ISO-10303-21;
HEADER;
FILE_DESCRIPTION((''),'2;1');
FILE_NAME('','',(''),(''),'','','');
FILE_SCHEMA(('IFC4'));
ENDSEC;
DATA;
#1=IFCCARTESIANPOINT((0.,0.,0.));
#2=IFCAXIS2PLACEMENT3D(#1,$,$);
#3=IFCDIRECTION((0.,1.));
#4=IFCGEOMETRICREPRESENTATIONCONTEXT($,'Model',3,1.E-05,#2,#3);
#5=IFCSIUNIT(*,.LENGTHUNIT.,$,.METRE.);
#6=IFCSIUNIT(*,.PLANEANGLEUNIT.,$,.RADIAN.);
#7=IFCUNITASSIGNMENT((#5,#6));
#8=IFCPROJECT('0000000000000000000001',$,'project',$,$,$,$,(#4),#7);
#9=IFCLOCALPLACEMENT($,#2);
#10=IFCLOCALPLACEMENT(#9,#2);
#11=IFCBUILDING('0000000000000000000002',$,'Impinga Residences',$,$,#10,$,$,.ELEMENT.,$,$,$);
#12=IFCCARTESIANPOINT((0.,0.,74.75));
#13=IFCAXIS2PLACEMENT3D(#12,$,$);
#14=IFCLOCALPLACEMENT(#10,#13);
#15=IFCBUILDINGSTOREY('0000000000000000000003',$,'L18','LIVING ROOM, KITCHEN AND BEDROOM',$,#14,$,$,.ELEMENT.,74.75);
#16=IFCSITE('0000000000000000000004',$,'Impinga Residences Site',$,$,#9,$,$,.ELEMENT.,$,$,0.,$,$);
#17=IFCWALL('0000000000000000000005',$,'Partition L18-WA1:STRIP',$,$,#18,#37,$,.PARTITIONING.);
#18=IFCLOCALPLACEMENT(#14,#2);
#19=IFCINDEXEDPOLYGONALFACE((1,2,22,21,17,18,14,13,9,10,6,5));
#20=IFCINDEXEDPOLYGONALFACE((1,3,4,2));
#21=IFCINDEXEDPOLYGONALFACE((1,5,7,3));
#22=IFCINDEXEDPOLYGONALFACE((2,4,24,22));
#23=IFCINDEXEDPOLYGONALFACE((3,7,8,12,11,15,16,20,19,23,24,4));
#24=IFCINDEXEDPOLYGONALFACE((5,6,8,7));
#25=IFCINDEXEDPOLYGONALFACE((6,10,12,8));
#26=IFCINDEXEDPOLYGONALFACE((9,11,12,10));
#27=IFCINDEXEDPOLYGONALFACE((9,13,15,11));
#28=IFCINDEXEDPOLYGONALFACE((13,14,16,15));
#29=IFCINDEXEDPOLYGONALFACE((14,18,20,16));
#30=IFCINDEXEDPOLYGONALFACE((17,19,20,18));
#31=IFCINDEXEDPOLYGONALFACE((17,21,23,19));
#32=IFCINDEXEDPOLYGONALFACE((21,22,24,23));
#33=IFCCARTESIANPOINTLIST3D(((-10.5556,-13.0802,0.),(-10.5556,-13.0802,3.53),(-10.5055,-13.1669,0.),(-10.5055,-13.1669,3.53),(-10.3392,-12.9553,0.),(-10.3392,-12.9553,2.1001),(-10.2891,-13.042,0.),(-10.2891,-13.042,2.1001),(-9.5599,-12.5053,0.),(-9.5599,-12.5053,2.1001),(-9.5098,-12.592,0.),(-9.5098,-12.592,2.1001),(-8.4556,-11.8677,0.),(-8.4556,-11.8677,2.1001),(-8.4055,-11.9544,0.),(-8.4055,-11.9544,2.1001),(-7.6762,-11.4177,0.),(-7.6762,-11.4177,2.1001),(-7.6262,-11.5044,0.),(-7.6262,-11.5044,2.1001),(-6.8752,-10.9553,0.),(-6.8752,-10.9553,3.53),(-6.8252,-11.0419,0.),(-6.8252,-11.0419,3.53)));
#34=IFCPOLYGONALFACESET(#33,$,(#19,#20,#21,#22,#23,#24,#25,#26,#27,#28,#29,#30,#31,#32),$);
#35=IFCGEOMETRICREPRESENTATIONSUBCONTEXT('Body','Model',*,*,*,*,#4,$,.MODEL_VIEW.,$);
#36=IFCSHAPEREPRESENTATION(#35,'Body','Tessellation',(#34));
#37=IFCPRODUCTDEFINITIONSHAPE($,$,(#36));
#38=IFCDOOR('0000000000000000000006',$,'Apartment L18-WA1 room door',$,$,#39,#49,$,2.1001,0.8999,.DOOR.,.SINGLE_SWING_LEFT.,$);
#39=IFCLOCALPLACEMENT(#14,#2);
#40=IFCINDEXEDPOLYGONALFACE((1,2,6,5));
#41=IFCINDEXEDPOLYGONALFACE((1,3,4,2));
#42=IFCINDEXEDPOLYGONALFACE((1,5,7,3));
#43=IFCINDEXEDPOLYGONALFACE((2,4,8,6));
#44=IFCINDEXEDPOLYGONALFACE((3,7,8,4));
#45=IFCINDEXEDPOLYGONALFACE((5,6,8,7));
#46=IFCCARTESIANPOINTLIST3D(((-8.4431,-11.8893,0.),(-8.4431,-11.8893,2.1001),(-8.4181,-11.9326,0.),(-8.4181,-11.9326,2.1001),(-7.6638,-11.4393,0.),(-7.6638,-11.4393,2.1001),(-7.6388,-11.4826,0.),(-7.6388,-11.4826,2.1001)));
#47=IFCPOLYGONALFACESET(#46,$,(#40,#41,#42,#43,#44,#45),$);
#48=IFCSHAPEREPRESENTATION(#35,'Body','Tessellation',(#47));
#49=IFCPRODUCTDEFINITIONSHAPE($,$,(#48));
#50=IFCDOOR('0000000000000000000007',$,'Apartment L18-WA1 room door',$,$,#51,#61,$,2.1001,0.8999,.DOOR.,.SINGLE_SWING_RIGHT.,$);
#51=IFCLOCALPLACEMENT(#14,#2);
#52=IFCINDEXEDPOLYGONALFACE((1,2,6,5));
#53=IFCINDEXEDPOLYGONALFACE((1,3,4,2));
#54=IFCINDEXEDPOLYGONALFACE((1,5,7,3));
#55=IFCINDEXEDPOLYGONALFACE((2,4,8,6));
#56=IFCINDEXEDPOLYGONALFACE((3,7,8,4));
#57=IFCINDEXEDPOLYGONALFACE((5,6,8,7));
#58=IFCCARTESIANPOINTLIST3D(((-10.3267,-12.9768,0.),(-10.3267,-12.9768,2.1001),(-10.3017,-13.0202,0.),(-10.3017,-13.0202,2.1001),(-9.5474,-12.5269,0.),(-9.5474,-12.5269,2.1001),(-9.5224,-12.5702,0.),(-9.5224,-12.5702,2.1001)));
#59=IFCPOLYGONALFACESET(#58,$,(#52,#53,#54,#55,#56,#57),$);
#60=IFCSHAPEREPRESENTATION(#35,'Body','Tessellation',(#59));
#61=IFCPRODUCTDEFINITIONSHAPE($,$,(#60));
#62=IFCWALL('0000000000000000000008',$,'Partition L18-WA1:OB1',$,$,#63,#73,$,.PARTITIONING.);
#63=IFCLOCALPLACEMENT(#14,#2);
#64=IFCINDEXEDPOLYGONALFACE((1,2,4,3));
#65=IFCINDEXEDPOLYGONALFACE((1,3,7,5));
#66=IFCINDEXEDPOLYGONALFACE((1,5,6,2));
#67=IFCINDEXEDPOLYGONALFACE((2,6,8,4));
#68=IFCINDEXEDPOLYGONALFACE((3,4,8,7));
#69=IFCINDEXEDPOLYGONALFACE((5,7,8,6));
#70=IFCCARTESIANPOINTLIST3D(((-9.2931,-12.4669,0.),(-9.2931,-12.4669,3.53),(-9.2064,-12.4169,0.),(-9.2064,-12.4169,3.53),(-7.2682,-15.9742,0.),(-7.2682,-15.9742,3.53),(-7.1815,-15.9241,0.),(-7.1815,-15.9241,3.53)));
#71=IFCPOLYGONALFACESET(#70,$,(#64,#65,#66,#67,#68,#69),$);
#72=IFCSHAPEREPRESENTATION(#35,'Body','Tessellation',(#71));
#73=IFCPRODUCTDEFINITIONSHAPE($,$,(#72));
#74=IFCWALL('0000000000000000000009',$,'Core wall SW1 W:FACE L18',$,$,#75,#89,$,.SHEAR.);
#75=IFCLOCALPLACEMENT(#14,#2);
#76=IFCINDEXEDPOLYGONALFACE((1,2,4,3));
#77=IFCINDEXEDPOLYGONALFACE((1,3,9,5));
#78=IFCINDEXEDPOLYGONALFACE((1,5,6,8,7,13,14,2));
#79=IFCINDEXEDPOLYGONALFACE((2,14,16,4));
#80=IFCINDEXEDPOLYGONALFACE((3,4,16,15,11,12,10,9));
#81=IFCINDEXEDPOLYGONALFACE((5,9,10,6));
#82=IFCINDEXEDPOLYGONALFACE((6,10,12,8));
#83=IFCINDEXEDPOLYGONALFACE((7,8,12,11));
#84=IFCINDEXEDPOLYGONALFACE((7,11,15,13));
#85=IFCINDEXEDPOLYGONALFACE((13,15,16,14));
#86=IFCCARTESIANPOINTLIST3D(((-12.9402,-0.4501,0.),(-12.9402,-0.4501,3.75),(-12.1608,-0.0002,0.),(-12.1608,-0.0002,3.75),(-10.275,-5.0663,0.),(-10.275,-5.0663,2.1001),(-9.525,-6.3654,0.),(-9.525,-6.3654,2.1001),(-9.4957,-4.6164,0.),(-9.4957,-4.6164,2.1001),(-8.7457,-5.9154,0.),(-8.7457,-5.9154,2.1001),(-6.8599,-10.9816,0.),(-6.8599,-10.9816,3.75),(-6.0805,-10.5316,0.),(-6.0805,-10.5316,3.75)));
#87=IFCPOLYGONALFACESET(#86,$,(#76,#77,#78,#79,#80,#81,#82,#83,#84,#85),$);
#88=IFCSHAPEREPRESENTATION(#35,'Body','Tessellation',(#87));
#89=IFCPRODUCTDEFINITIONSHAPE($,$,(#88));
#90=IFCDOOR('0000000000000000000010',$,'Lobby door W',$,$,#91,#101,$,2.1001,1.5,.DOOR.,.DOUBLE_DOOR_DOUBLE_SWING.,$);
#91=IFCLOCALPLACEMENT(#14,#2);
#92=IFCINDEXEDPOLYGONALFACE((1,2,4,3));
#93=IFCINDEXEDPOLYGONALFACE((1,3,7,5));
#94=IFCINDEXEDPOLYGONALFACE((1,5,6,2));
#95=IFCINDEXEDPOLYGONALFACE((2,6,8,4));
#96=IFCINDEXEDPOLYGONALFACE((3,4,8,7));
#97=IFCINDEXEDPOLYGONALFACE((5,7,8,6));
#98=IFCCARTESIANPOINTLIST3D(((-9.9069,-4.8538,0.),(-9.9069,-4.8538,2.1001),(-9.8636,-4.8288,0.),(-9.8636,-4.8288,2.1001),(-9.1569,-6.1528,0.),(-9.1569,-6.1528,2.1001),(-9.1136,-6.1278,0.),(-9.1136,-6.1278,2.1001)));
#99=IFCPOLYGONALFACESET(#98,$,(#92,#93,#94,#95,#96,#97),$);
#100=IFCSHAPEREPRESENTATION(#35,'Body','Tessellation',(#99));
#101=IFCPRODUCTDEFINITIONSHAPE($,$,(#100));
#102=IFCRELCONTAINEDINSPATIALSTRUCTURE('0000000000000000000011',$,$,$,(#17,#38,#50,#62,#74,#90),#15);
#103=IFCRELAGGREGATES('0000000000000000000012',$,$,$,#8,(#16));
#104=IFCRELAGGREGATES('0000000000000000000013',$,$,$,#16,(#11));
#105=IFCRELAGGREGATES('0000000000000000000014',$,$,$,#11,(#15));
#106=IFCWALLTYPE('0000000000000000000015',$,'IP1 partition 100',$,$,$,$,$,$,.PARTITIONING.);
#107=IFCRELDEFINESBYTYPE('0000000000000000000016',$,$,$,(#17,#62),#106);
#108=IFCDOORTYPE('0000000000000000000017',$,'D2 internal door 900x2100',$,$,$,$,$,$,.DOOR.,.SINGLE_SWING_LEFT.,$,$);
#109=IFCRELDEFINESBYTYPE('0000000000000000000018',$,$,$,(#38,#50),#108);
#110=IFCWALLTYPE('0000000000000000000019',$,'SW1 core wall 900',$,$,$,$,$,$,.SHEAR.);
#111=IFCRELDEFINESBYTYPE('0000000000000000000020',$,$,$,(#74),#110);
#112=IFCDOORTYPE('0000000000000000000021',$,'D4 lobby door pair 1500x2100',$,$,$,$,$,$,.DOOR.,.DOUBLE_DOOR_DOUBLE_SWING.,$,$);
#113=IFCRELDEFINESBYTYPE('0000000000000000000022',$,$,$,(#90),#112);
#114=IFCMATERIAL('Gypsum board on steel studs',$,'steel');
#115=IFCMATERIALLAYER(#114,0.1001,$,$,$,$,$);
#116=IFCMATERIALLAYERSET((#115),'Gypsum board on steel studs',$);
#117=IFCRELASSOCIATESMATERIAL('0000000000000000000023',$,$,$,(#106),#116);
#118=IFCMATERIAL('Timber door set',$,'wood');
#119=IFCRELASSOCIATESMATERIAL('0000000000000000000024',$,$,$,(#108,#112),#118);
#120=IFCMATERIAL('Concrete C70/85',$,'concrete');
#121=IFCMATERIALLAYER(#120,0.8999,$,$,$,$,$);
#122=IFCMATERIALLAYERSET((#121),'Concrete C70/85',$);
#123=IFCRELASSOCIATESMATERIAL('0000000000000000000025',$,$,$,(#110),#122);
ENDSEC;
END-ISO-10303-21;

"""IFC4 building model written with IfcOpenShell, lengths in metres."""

from ifc_helpers import new_model, si_unit, direction, frame, frame_2d, origin, place, context, subcontext, project, spatial, rectangle, extrude, material, layer, layer_set, type_object, element, fill, save


model = new_model("IFC4")

# Units and contexts
model_context = context("Model", 3, precision=1e-05, world=origin(), true_north=direction((0.0, 1.0)))
body_context = subcontext(model_context, "Body", "Model", "MODEL_VIEW")
ifc_project = project(units=[si_unit("LENGTHUNIT", "METRE"), si_unit("PLANEANGLEUNIT", "RADIAN")], contexts=[model_context])

# Site, building, storey
site_placement = place(None, origin())
site = spatial("IfcSite", under=ifc_project, at=site_placement, Name="Impinga Residences Site", CompositionType="ELEMENT", RefElevation=0.0)
building_placement = place(site_placement, origin())
building = spatial("IfcBuilding", under=site, at=building_placement, Name="Impinga Residences", CompositionType="ELEMENT")
storey_placement = place(building_placement, frame((0.0, 0.0, 74.75)))
storey = spatial("IfcBuildingStorey", under=building, at=storey_placement, Name="L18", Description="LIVING ROOM, KITCHEN AND BEDROOM", CompositionType="ELEMENT", Elevation=74.75)

# Shared definitions
ifc_material_1 = material(Name="Concrete C70/85", Category="concrete")
ifc_material_2 = material(Name="Timber door set", Category="wood")

# Shared definitions
ifc_material_3 = material(Name="Gypsum board on steel studs", Category="steel")
ifc_layer_1 = layer(ifc_material_3, 0.1001)
ifc_layer_set_1 = layer_set([ifc_layer_1], Name="Gypsum board on steel studs")
wall_type_1 = type_object("IfcWallType", Name="IP1 partition 100", PredefinedType="PARTITIONING", material=ifc_layer_set_1)

# Wall, openings, doors
wall_1_placement = place(storey_placement, frame((-6.8501, -10.9985, 0.0), z_axis=(0.0, 0.0, 1.0), x_axis=(-0.866014, -0.500019, 0.0)))
wall_1 = element("IfcWall", 1, at=wall_1_placement, inside=storey, type_object=wall_type_1, Name="Partition L18-WA1:STRIP", PredefinedType="PARTITIONING", context=body_context, shape_type="SweptSolid", body=[
    extrude(rectangle(XDim=4.2498, YDim=0.1001, at=frame_2d((2.125, 0.0))), origin(), (0.0, 0.0, 1.0), 3.53),
])
opening_1_placement = place(wall_1_placement, frame((0.925, 0.0, 0.0)))
opening_1 = element("IfcOpeningElement", 2, at=opening_1_placement, cuts=wall_1, PredefinedType="OPENING", context=body_context, shape_type="SweptSolid", body=[
    extrude(rectangle(XDim=0.8999, YDim=2.1001, at=frame_2d((0.45, 1.05))), frame((0.0, 0.0601, 0.0), z_axis=(0.0, -1.0, 0.0), x_axis=(1.0, 0.0, 0.0)), (0.0, 0.0, 1.0), 0.1201),
])
opening_2_placement = place(wall_1_placement, frame((3.1001, 0.0, 0.0)))
opening_2 = element("IfcOpeningElement", 3, at=opening_2_placement, cuts=wall_1, PredefinedType="OPENING", context=body_context, shape_type="SweptSolid", body=[
    extrude(rectangle(XDim=0.8999, YDim=2.1001, at=frame_2d((0.45, 1.05))), frame((0.0, 0.0601, 0.0), z_axis=(0.0, -1.0, 0.0), x_axis=(1.0, 0.0, 0.0)), (0.0, 0.0, 1.0), 0.1201),
])
door_type_1 = type_object("IfcDoorType", Name="D2 internal door 900x2100", OperationType="SINGLE_SWING_LEFT", PredefinedType="DOOR", material=ifc_material_2)
door_1_placement = place(opening_1_placement, origin())
door_1 = element("IfcDoor", 4, at=door_1_placement, inside=storey, type_object=door_type_1, Name="Apartment L18-WA1 room door", OperationType="SINGLE_SWING_LEFT", OverallHeight=2.1001, OverallWidth=0.8999, PredefinedType="DOOR", context=body_context, shape_type="SweptSolid", body=[
    extrude(rectangle(XDim=0.8999, YDim=2.1001, at=frame_2d((0.45, 1.05))), frame((0.0, 0.0249, 0.0), z_axis=(0.0, -1.0, 0.0), x_axis=(1.0, 0.0, 0.0)), (0.0, 0.0, 1.0), 0.05),
])
fill(opening_1, door_1)
door_2_placement = place(opening_2_placement, origin())
door_2 = element("IfcDoor", 5, at=door_2_placement, inside=storey, type_object=door_type_1, Name="Apartment L18-WA1 room door", OperationType="SINGLE_SWING_RIGHT", OverallHeight=2.1001, OverallWidth=0.8999, PredefinedType="DOOR", context=body_context, shape_type="SweptSolid", body=[
    extrude(rectangle(XDim=0.8999, YDim=2.1001, at=frame_2d((0.45, 1.05))), frame((0.0, 0.0249, 0.0), z_axis=(0.0, -1.0, 0.0), x_axis=(1.0, 0.0, 0.0)), (0.0, 0.0, 1.0), 0.05),
])
fill(opening_2, door_2)

# Wall
wall_2_placement = place(storey_placement, frame((-9.2498, -12.4419, 0.0), z_axis=(0.0, 0.0, 1.0), x_axis=(0.49999, -0.866031, 0.0)))
element("IfcWall", 6, at=wall_2_placement, inside=storey, type_object=wall_type_1, Name="Partition L18-WA1:OB1", PredefinedType="PARTITIONING", context=body_context, shape_type="SweptSolid", body=[
    extrude(rectangle(XDim=4.0498, YDim=0.1001, at=frame_2d((2.0249, 0.0))), origin(), (0.0, 0.0, 1.0), 3.53),
])

# Wall, opening, door
ifc_layer_2 = layer(ifc_material_1, 0.8999)
ifc_layer_set_2 = layer_set([ifc_layer_2], Name="Concrete C70/85")
wall_type_2 = type_object("IfcWallType", Name="SW1 core wall 900", PredefinedType="SHEAR", material=ifc_layer_set_2)
wall_3_placement = place(storey_placement, frame((-6.4702, -10.7566, 0.0), z_axis=(0.0, 0.0, 1.0), x_axis=(-0.499998, 0.866027, 0.0)))
wall_3 = element("IfcWall", 7, at=wall_3_placement, inside=storey, type_object=wall_type_2, Name="Core wall SW1 W:FACE L18", PredefinedType="SHEAR", context=body_context, shape_type="SweptSolid", body=[
    extrude(rectangle(XDim=12.1606, YDim=0.8999, at=frame_2d((6.0803, 0.0))), origin(), (0.0, 0.0, 1.0), 3.75),
])
opening_3_placement = place(wall_3_placement, frame((5.3303, 0.0, 0.0)))
opening_3 = element("IfcOpeningElement", 8, at=opening_3_placement, cuts=wall_3, PredefinedType="OPENING", context=body_context, shape_type="SweptSolid", body=[
    extrude(rectangle(XDim=1.5, YDim=2.1001, at=frame_2d((0.75, 1.05))), frame((0.0, 0.46, 0.0), z_axis=(0.0, -1.0, 0.0), x_axis=(1.0, 0.0, 0.0)), (0.0, 0.0, 1.0), 0.9199),
])
door_type_2 = type_object("IfcDoorType", Name="D4 lobby door pair 1500x2100", OperationType="DOUBLE_DOOR_DOUBLE_SWING", PredefinedType="DOOR", material=ifc_material_2)
door_3_placement = place(opening_3_placement, origin())
door_3 = element("IfcDoor", 9, at=door_3_placement, inside=storey, type_object=door_type_2, Name="Lobby door W", OperationType="DOUBLE_DOOR_DOUBLE_SWING", OverallHeight=2.1001, OverallWidth=1.5, PredefinedType="DOOR", context=body_context, shape_type="SweptSolid", body=[
    extrude(rectangle(XDim=1.5, YDim=2.1001, at=frame_2d((0.75, 1.05))), frame((0.0, 0.0249, 0.0), z_axis=(0.0, -1.0, 0.0), x_axis=(1.0, 0.0, 0.0)), (0.0, 0.0, 1.0), 0.05),
])
fill(opening_3, door_3)

save(model, "model.ifc")
